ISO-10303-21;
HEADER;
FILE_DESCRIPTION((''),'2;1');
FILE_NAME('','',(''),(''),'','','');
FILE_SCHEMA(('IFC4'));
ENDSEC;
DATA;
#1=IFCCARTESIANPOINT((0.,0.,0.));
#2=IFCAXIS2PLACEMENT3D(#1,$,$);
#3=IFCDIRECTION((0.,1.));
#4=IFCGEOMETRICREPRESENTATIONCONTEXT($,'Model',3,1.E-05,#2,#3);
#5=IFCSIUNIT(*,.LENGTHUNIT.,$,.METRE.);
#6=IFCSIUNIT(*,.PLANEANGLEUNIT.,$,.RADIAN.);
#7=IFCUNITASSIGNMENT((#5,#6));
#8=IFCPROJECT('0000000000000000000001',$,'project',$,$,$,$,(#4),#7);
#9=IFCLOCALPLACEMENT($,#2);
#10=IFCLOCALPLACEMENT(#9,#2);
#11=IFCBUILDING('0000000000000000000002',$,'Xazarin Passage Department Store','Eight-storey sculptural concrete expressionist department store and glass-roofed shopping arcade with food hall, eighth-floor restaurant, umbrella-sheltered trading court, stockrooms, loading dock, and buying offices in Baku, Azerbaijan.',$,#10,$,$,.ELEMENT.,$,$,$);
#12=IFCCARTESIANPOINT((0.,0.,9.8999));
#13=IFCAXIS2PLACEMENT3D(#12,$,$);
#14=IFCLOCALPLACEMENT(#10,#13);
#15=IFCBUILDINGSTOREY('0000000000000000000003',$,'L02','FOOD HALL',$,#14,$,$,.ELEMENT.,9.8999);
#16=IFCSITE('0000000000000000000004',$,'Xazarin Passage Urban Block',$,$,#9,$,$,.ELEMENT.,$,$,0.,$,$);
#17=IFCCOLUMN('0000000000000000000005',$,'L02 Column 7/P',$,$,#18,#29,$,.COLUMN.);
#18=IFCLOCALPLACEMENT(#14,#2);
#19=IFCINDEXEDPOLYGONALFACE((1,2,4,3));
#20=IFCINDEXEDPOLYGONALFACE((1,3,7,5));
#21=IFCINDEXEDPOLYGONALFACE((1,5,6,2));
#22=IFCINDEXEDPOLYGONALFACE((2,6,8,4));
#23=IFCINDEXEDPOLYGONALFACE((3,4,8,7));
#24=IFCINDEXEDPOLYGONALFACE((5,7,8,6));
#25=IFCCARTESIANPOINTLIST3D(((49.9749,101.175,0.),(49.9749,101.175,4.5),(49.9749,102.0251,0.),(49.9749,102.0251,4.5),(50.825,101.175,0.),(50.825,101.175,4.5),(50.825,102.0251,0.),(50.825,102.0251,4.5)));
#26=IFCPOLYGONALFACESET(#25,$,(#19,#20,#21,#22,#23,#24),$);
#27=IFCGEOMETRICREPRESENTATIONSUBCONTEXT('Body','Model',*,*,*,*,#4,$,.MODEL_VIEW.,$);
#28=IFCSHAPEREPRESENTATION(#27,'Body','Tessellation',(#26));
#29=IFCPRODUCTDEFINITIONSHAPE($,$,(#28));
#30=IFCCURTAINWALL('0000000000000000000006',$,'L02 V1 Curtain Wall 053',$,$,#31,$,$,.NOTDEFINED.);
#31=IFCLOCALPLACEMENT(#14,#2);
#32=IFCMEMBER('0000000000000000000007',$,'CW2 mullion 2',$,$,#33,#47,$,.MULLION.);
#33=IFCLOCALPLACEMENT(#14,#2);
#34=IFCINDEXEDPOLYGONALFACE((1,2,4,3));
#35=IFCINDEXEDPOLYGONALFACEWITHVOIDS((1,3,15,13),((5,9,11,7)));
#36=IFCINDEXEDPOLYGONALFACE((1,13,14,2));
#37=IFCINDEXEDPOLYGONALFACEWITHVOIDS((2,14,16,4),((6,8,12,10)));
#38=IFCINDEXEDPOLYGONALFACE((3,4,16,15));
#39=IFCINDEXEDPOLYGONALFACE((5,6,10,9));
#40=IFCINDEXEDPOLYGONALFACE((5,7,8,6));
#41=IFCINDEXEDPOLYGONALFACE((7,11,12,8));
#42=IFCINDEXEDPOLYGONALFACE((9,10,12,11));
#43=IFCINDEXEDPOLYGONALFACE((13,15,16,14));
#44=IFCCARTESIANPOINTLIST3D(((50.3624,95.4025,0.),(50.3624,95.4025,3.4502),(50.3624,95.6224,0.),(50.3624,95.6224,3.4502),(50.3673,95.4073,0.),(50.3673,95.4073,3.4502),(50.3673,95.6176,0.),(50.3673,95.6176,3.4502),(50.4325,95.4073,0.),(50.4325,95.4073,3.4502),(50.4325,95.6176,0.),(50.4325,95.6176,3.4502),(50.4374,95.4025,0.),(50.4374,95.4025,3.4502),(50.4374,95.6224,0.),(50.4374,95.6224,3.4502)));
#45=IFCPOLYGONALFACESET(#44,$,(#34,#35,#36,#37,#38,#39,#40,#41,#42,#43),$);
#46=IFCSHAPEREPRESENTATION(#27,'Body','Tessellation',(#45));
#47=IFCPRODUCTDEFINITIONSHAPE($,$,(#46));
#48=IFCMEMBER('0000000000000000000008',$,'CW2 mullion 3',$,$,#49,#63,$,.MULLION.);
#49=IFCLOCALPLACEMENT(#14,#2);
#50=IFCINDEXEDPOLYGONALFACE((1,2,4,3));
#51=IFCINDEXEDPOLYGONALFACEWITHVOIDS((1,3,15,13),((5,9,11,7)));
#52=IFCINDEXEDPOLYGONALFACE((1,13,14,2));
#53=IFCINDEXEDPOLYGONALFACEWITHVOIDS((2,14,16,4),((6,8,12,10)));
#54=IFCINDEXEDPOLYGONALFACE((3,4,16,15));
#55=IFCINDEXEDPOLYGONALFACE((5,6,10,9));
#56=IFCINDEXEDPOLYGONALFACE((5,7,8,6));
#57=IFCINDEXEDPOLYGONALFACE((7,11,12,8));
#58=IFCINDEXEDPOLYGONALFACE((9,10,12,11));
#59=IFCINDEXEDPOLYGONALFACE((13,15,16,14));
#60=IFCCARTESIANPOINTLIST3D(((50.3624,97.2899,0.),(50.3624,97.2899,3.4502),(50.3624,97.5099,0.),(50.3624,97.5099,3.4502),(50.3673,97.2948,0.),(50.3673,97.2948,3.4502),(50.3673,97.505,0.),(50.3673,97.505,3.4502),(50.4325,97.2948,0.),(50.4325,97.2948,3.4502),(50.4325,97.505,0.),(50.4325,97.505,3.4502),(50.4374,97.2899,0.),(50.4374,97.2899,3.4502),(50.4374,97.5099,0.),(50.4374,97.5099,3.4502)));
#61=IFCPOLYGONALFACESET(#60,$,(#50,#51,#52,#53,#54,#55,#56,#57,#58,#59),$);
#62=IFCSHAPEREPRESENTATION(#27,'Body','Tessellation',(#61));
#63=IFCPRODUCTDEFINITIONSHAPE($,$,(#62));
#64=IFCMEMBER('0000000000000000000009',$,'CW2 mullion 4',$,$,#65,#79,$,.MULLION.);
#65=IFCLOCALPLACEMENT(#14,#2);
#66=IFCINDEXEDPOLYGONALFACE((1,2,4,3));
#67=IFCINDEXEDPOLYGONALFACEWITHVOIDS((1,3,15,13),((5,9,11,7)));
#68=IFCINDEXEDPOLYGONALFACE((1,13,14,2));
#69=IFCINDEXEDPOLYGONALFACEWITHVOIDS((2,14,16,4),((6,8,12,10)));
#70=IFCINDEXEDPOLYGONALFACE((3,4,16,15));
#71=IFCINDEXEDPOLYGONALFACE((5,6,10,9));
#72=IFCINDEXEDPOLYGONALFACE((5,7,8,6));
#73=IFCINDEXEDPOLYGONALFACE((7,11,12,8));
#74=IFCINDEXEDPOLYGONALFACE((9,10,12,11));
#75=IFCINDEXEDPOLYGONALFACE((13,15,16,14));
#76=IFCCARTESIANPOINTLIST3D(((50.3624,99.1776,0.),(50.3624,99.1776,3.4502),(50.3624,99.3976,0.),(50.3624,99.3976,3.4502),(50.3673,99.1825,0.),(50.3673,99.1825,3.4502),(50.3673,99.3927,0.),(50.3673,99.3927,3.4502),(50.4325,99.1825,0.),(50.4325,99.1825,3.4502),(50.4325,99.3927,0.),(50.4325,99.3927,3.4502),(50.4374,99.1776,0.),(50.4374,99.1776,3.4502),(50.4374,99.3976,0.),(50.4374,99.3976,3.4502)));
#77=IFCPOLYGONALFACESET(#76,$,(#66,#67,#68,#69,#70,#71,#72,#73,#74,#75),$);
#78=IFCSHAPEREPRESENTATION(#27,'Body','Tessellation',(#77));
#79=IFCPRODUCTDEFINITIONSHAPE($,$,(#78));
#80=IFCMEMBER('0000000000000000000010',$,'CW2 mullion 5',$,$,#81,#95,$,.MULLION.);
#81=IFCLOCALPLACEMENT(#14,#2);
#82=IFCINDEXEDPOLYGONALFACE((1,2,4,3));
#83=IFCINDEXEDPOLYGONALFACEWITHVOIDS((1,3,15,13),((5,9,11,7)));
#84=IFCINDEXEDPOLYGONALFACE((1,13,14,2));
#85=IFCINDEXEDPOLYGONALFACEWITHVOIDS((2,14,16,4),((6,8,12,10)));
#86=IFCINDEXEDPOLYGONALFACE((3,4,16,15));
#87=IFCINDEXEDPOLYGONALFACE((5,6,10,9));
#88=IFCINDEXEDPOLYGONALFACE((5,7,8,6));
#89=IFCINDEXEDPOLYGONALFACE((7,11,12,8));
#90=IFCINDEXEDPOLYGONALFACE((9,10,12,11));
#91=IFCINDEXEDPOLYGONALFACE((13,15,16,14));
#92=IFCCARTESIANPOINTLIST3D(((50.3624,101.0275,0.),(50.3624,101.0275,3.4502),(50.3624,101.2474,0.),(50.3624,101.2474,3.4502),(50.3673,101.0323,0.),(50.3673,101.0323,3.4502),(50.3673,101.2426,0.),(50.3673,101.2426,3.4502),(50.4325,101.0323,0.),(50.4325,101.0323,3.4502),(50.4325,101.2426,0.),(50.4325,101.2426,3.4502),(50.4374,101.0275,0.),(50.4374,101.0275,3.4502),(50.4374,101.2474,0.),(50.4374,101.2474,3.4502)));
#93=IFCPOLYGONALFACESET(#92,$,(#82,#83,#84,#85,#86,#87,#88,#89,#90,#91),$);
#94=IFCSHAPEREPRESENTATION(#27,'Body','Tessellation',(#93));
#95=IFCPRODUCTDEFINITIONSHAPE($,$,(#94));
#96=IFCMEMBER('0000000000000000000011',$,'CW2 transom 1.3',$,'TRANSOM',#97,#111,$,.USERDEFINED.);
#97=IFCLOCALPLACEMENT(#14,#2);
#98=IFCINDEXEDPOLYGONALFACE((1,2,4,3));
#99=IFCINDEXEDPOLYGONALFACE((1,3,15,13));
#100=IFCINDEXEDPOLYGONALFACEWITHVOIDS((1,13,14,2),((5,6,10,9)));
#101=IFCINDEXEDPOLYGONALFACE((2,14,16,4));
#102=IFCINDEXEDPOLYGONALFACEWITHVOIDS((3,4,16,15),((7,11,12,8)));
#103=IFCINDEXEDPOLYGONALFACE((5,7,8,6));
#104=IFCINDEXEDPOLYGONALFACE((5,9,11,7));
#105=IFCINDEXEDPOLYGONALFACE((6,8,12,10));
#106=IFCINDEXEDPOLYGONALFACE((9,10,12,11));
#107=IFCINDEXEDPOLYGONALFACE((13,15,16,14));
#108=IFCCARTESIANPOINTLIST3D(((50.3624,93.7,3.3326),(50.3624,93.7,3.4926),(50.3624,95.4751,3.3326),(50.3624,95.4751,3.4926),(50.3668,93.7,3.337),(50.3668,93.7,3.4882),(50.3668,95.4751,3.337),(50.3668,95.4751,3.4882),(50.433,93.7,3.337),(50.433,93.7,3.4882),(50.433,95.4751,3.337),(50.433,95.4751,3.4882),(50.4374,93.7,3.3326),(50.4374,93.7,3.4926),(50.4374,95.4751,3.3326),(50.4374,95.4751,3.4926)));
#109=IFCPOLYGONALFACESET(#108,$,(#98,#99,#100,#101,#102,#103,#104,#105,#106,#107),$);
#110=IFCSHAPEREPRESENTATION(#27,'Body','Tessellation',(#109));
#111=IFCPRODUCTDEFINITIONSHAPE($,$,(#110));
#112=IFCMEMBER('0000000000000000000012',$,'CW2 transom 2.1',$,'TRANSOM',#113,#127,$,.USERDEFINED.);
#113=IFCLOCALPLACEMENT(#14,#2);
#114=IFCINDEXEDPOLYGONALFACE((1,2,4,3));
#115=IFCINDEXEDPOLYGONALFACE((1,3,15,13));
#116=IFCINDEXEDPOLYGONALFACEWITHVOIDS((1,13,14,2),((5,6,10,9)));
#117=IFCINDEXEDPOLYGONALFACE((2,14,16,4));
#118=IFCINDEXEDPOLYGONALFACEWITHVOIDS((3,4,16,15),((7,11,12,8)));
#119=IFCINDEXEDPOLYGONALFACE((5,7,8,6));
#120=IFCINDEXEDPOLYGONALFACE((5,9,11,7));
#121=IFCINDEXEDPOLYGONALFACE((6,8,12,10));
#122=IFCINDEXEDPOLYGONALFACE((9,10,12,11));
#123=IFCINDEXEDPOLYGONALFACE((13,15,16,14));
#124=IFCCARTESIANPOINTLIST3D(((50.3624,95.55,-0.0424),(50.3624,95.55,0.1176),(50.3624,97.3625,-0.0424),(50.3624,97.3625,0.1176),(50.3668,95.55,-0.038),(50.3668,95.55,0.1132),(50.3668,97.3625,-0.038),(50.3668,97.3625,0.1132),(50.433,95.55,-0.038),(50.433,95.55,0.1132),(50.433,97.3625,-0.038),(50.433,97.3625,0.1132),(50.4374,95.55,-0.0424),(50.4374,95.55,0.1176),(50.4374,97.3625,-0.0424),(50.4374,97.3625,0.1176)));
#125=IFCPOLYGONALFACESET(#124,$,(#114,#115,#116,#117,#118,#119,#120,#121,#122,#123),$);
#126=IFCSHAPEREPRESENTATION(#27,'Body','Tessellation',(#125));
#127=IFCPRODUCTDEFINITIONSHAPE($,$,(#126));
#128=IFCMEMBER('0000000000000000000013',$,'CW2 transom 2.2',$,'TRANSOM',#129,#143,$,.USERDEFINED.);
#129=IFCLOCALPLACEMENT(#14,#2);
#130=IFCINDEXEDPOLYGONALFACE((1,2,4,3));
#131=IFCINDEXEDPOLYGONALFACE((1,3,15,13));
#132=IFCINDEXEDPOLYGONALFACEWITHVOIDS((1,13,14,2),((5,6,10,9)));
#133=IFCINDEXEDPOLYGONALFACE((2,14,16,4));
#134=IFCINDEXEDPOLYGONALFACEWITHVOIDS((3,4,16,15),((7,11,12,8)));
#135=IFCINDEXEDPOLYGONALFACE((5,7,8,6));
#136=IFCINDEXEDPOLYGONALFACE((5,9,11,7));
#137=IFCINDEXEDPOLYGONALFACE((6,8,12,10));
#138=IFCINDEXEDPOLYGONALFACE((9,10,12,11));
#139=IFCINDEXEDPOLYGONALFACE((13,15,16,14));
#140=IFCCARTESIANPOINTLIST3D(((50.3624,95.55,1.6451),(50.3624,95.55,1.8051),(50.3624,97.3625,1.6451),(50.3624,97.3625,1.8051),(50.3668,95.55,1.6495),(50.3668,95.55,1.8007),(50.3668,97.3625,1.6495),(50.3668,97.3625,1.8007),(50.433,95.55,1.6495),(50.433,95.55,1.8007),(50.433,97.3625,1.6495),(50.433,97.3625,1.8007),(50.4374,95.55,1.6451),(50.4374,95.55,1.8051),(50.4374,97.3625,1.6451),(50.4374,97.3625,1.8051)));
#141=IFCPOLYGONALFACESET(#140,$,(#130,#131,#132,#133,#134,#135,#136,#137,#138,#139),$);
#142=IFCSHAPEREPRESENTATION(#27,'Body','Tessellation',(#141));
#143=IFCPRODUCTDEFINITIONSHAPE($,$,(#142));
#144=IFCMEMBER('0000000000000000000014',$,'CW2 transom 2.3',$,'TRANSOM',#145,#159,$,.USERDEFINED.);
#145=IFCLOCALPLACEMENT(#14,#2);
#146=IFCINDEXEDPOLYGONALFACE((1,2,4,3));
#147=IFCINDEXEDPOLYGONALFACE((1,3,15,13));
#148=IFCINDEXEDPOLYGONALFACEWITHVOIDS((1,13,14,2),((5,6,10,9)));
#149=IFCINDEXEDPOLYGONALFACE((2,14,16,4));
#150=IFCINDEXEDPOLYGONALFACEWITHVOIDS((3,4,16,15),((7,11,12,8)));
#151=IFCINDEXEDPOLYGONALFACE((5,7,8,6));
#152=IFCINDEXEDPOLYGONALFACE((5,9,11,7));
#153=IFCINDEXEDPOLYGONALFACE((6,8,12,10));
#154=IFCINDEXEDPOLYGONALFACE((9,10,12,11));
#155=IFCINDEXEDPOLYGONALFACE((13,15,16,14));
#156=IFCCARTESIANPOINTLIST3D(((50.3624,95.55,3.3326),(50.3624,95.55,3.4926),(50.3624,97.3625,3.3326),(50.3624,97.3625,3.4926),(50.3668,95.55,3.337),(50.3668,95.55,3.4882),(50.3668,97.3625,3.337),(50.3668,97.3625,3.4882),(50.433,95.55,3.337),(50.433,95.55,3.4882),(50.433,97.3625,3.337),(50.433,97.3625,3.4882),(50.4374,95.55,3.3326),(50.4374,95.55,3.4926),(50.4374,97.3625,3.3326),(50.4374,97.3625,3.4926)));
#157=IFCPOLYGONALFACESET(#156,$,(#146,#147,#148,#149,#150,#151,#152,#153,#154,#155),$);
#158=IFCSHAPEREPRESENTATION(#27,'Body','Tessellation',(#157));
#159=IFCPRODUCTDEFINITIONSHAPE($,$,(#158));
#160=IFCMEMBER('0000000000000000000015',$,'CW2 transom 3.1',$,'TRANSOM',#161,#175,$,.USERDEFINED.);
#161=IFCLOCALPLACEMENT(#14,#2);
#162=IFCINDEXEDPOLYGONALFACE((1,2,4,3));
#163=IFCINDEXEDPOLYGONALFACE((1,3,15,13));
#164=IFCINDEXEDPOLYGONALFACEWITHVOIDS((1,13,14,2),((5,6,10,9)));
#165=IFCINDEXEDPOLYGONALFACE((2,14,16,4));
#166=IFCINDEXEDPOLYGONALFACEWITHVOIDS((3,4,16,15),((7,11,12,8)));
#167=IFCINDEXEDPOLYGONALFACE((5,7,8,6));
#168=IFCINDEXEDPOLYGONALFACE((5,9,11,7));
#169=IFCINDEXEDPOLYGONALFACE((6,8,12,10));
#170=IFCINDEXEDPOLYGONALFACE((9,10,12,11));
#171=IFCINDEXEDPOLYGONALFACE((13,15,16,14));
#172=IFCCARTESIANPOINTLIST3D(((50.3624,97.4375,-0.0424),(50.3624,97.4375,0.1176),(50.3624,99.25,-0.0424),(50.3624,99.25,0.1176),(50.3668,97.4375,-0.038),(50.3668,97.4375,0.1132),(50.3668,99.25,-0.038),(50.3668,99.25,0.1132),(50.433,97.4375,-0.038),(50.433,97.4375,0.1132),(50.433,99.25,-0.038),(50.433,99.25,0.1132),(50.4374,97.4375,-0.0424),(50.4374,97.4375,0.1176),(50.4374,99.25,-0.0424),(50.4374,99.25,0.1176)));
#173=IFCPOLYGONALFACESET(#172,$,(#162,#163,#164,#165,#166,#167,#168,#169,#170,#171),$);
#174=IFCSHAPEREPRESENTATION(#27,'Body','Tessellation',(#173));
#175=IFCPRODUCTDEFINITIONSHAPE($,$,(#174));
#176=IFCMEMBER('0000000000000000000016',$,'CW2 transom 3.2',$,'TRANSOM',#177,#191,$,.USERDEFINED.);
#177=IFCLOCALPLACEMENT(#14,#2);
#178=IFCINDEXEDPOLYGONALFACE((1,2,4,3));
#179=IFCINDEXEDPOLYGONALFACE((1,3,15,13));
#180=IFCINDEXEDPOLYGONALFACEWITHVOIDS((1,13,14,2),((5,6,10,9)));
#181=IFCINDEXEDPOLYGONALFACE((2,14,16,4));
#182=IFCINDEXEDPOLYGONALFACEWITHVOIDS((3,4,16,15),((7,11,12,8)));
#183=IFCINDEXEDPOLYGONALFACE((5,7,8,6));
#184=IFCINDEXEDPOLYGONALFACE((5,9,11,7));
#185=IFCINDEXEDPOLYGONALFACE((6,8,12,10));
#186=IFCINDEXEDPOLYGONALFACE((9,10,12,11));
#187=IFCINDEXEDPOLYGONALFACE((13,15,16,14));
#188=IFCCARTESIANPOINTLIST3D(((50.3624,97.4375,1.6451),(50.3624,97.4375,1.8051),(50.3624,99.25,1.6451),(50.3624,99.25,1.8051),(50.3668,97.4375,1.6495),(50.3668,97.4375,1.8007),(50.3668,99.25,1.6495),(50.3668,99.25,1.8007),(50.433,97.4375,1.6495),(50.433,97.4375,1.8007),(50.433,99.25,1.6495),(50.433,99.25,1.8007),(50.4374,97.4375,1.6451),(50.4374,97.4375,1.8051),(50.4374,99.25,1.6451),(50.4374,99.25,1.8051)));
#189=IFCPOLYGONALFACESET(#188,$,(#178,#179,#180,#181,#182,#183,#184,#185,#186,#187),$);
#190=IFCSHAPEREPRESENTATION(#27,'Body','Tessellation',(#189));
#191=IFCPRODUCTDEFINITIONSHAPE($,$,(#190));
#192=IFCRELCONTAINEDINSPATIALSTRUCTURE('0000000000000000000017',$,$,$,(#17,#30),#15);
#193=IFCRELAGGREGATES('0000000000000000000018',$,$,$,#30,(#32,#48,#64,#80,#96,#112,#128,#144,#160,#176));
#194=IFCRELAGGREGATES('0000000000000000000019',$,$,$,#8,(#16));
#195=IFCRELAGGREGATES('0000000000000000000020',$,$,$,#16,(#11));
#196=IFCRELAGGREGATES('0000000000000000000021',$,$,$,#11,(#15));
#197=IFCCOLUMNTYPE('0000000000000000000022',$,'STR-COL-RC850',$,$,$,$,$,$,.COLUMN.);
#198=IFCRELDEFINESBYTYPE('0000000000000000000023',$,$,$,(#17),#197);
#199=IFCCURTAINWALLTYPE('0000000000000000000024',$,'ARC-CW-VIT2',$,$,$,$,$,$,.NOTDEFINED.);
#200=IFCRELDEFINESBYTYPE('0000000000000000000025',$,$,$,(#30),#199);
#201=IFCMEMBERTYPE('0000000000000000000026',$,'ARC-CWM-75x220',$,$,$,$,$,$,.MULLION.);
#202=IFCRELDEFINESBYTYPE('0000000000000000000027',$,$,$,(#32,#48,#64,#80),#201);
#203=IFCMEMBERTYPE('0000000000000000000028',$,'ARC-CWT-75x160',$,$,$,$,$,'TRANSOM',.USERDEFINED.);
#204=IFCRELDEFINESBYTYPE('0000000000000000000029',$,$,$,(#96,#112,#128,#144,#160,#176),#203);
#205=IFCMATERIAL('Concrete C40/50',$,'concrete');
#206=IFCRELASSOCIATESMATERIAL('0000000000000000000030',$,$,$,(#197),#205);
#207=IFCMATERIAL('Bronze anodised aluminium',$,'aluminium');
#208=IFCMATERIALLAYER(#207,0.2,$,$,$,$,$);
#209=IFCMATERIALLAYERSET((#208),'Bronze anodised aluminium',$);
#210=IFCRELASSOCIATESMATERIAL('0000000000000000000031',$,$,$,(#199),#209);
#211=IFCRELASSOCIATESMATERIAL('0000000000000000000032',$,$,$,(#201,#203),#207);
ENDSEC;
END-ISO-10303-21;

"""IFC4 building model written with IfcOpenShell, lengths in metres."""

from ifc_helpers import new_model, si_unit, direction, frame, origin, origin_2d, place, context, subcontext, project, spatial, rectangle, hollow_rectangle, extrude, material, layer, layer_set, material_profile, profile_set, type_object, element, aggregate, save


model = new_model("IFC4")

# Units and contexts
model_context = context("Model", 3, precision=1e-05, world=origin(), true_north=direction((0.0, 1.0)))
body_context = subcontext(model_context, "Body", "Model", "MODEL_VIEW")
ifc_project = project(units=[si_unit("LENGTHUNIT", "METRE"), si_unit("PLANEANGLEUNIT", "RADIAN")], contexts=[model_context])

# Site, building, storey
site_placement = place(None, origin())
site = spatial("IfcSite", under=ifc_project, at=site_placement, Name="Xazarin Passage Urban Block", CompositionType="ELEMENT", RefElevation=0.0)
building_placement = place(site_placement, origin())
building = spatial("IfcBuilding", under=site, at=building_placement, Name="Xazarin Passage Department Store", Description="Eight-storey sculptural concrete expressionist department store and glass-roofed shopping arcade with food hall, eighth-floor restaurant, umbrella-sheltered trading court, stockrooms, loading dock, and buying offices in Baku, Azerbaijan.", CompositionType="ELEMENT")
storey_placement = place(building_placement, frame((0.0, 0.0, 9.8999)))
storey = spatial("IfcBuildingStorey", under=building, at=storey_placement, Name="L02", Description="FOOD HALL", CompositionType="ELEMENT", Elevation=9.8999)

# Column
ifc_material_1 = material(Name="Concrete C40/50", Category="concrete")
ifc_material_profile_1 = material_profile(ifc_material_1, rectangle(XDim=0.8501, YDim=0.8501, at=origin_2d()), Name="RC 850x850")
ifc_profile_set_1 = profile_set([ifc_material_profile_1], Name="Concrete C40/50")
column_type = type_object("IfcColumnType", Name="STR-COL-RC850", PredefinedType="COLUMN", material=ifc_profile_set_1)
column_placement = place(storey_placement, frame((50.3999, 101.6001, 0.0), z_axis=(0.0, 0.0, 1.0), x_axis=(1.0, 0.0, 0.0)))
element("IfcColumn", 1, at=column_placement, inside=storey, type_object=column_type, Name="L02 Column 7/P", PredefinedType="COLUMN", context=body_context, shape_type="SweptSolid", body=[
    extrude(rectangle(XDim=0.8501, YDim=0.8501, at=origin_2d()), origin(), (0.0, 0.0, 1.0), 4.5),
])

# Curtain wall, members
ifc_material_2 = material(Name="Bronze anodised aluminium", Category="aluminium")
ifc_layer_1 = layer(ifc_material_2, 0.2)
ifc_layer_set_1 = layer_set([ifc_layer_1], Name="Bronze anodised aluminium")
curtain_wall_type = type_object("IfcCurtainWallType", Name="ARC-CW-VIT2", PredefinedType="NOTDEFINED", material=ifc_layer_set_1)
curtain_wall_placement = place(storey_placement, origin())
curtain_wall = element("IfcCurtainWall", 2, at=curtain_wall_placement, inside=storey, type_object=curtain_wall_type, Name="L02 V1 Curtain Wall 053", PredefinedType="NOTDEFINED")
ifc_material_profile_2 = material_profile(ifc_material_2, hollow_rectangle(XDim=0.075, YDim=0.22, WallThickness=0.0049, at=origin_2d()), Name="ALU 75x220")
ifc_profile_set_2 = profile_set([ifc_material_profile_2], Name="Bronze anodised aluminium")
member_type_1 = type_object("IfcMemberType", Name="ARC-CWM-75x220", PredefinedType="MULLION", material=ifc_profile_set_2)
member_1_placement = place(storey_placement, frame((50.3999, 95.5125, 0.0), z_axis=(0.0, 0.0, 1.0), x_axis=(-1.0, 0.0, 0.0)))
member_1 = element("IfcMember", 3, at=member_1_placement, type_object=member_type_1, Name="CW2 mullion 2", PredefinedType="MULLION", context=body_context, shape_type="SweptSolid", body=[
    extrude(hollow_rectangle(XDim=0.075, YDim=0.22, WallThickness=0.0049, at=origin_2d()), origin(), (0.0, 0.0, 1.0), 3.4502),
])
member_2_placement = place(storey_placement, frame((50.3999, 97.3999, 0.0), z_axis=(0.0, 0.0, 1.0), x_axis=(-1.0, 0.0, 0.0)))
member_2 = element("IfcMember", 4, at=member_2_placement, type_object=member_type_1, Name="CW2 mullion 3", PredefinedType="MULLION", context=body_context, shape_type="SweptSolid", body=[
    extrude(hollow_rectangle(XDim=0.075, YDim=0.22, WallThickness=0.0049, at=origin_2d()), origin(), (0.0, 0.0, 1.0), 3.4502),
])
member_3_placement = place(storey_placement, frame((50.3999, 99.2876, 0.0), z_axis=(0.0, 0.0, 1.0), x_axis=(-1.0, 0.0, 0.0)))
member_3 = element("IfcMember", 5, at=member_3_placement, type_object=member_type_1, Name="CW2 mullion 4", PredefinedType="MULLION", context=body_context, shape_type="SweptSolid", body=[
    extrude(hollow_rectangle(XDim=0.075, YDim=0.22, WallThickness=0.0049, at=origin_2d()), origin(), (0.0, 0.0, 1.0), 3.4502),
])
member_4_placement = place(storey_placement, frame((50.3999, 101.1375, 0.0), z_axis=(0.0, 0.0, 1.0), x_axis=(-1.0, 0.0, 0.0)))
member_4 = element("IfcMember", 6, at=member_4_placement, type_object=member_type_1, Name="CW2 mullion 5", PredefinedType="MULLION", context=body_context, shape_type="SweptSolid", body=[
    extrude(hollow_rectangle(XDim=0.075, YDim=0.22, WallThickness=0.0049, at=origin_2d()), origin(), (0.0, 0.0, 1.0), 3.4502),
])
ifc_material_profile_3 = material_profile(ifc_material_2, hollow_rectangle(XDim=0.075, YDim=0.1599, WallThickness=0.0044, at=origin_2d()), Name="ALU 75x160")
ifc_profile_set_3 = profile_set([ifc_material_profile_3], Name="Bronze anodised aluminium")
member_type_2 = type_object("IfcMemberType", Name="ARC-CWT-75x160", ElementType="TRANSOM", PredefinedType="USERDEFINED", material=ifc_profile_set_3)
member_5_placement = place(storey_placement, frame((50.3999, 93.7, 3.4126), z_axis=(0.0, 1.0, 0.0), x_axis=(-1.0, 0.0, 0.0)))
member_5 = element("IfcMember", 7, at=member_5_placement, type_object=member_type_2, Name="CW2 transom 1.3", ObjectType="TRANSOM", PredefinedType="USERDEFINED", context=body_context, shape_type="SweptSolid", body=[
    extrude(hollow_rectangle(XDim=0.075, YDim=0.1599, WallThickness=0.0044, at=origin_2d()), origin(), (0.0, 0.0, 1.0), 1.7751),
])
member_6_placement = place(storey_placement, frame((50.3999, 95.55, 0.0376), z_axis=(0.0, 1.0, 0.0), x_axis=(-1.0, 0.0, 0.0)))
member_6 = element("IfcMember", 8, at=member_6_placement, type_object=member_type_2, Name="CW2 transom 2.1", ObjectType="TRANSOM", PredefinedType="USERDEFINED", context=body_context, shape_type="SweptSolid", body=[
    extrude(hollow_rectangle(XDim=0.075, YDim=0.1599, WallThickness=0.0044, at=origin_2d()), origin(), (0.0, 0.0, 1.0), 1.8125),
])
member_7_placement = place(storey_placement, frame((50.3999, 95.55, 1.7251), z_axis=(0.0, 1.0, 0.0), x_axis=(-1.0, 0.0, 0.0)))
member_7 = element("IfcMember", 9, at=member_7_placement, type_object=member_type_2, Name="CW2 transom 2.2", ObjectType="TRANSOM", PredefinedType="USERDEFINED", context=body_context, shape_type="SweptSolid", body=[
    extrude(hollow_rectangle(XDim=0.075, YDim=0.1599, WallThickness=0.0044, at=origin_2d()), origin(), (0.0, 0.0, 1.0), 1.8125),
])
member_8_placement = place(storey_placement, frame((50.3999, 95.55, 3.4126), z_axis=(0.0, 1.0, 0.0), x_axis=(-1.0, 0.0, 0.0)))
member_8 = element("IfcMember", 10, at=member_8_placement, type_object=member_type_2, Name="CW2 transom 2.3", ObjectType="TRANSOM", PredefinedType="USERDEFINED", context=body_context, shape_type="SweptSolid", body=[
    extrude(hollow_rectangle(XDim=0.075, YDim=0.1599, WallThickness=0.0044, at=origin_2d()), origin(), (0.0, 0.0, 1.0), 1.8125),
])
member_9_placement = place(storey_placement, frame((50.3999, 97.4375, 0.0376), z_axis=(0.0, 1.0, 0.0), x_axis=(-1.0, 0.0, 0.0)))
member_9 = element("IfcMember", 11, at=member_9_placement, type_object=member_type_2, Name="CW2 transom 3.1", ObjectType="TRANSOM", PredefinedType="USERDEFINED", context=body_context, shape_type="SweptSolid", body=[
    extrude(hollow_rectangle(XDim=0.075, YDim=0.1599, WallThickness=0.0044, at=origin_2d()), origin(), (0.0, 0.0, 1.0), 1.8125),
])
member_10_placement = place(storey_placement, frame((50.3999, 97.4375, 1.7251), z_axis=(0.0, 1.0, 0.0), x_axis=(-1.0, 0.0, 0.0)))
member_10 = element("IfcMember", 12, at=member_10_placement, type_object=member_type_2, Name="CW2 transom 3.2", ObjectType="TRANSOM", PredefinedType="USERDEFINED", context=body_context, shape_type="SweptSolid", body=[
    extrude(hollow_rectangle(XDim=0.075, YDim=0.1599, WallThickness=0.0044, at=origin_2d()), origin(), (0.0, 0.0, 1.0), 1.8125),
])

aggregate(curtain_wall, [member_1, member_2, member_3, member_4, member_5, member_6, member_7, member_8, member_9, member_10])

save(model, "model.ifc")
